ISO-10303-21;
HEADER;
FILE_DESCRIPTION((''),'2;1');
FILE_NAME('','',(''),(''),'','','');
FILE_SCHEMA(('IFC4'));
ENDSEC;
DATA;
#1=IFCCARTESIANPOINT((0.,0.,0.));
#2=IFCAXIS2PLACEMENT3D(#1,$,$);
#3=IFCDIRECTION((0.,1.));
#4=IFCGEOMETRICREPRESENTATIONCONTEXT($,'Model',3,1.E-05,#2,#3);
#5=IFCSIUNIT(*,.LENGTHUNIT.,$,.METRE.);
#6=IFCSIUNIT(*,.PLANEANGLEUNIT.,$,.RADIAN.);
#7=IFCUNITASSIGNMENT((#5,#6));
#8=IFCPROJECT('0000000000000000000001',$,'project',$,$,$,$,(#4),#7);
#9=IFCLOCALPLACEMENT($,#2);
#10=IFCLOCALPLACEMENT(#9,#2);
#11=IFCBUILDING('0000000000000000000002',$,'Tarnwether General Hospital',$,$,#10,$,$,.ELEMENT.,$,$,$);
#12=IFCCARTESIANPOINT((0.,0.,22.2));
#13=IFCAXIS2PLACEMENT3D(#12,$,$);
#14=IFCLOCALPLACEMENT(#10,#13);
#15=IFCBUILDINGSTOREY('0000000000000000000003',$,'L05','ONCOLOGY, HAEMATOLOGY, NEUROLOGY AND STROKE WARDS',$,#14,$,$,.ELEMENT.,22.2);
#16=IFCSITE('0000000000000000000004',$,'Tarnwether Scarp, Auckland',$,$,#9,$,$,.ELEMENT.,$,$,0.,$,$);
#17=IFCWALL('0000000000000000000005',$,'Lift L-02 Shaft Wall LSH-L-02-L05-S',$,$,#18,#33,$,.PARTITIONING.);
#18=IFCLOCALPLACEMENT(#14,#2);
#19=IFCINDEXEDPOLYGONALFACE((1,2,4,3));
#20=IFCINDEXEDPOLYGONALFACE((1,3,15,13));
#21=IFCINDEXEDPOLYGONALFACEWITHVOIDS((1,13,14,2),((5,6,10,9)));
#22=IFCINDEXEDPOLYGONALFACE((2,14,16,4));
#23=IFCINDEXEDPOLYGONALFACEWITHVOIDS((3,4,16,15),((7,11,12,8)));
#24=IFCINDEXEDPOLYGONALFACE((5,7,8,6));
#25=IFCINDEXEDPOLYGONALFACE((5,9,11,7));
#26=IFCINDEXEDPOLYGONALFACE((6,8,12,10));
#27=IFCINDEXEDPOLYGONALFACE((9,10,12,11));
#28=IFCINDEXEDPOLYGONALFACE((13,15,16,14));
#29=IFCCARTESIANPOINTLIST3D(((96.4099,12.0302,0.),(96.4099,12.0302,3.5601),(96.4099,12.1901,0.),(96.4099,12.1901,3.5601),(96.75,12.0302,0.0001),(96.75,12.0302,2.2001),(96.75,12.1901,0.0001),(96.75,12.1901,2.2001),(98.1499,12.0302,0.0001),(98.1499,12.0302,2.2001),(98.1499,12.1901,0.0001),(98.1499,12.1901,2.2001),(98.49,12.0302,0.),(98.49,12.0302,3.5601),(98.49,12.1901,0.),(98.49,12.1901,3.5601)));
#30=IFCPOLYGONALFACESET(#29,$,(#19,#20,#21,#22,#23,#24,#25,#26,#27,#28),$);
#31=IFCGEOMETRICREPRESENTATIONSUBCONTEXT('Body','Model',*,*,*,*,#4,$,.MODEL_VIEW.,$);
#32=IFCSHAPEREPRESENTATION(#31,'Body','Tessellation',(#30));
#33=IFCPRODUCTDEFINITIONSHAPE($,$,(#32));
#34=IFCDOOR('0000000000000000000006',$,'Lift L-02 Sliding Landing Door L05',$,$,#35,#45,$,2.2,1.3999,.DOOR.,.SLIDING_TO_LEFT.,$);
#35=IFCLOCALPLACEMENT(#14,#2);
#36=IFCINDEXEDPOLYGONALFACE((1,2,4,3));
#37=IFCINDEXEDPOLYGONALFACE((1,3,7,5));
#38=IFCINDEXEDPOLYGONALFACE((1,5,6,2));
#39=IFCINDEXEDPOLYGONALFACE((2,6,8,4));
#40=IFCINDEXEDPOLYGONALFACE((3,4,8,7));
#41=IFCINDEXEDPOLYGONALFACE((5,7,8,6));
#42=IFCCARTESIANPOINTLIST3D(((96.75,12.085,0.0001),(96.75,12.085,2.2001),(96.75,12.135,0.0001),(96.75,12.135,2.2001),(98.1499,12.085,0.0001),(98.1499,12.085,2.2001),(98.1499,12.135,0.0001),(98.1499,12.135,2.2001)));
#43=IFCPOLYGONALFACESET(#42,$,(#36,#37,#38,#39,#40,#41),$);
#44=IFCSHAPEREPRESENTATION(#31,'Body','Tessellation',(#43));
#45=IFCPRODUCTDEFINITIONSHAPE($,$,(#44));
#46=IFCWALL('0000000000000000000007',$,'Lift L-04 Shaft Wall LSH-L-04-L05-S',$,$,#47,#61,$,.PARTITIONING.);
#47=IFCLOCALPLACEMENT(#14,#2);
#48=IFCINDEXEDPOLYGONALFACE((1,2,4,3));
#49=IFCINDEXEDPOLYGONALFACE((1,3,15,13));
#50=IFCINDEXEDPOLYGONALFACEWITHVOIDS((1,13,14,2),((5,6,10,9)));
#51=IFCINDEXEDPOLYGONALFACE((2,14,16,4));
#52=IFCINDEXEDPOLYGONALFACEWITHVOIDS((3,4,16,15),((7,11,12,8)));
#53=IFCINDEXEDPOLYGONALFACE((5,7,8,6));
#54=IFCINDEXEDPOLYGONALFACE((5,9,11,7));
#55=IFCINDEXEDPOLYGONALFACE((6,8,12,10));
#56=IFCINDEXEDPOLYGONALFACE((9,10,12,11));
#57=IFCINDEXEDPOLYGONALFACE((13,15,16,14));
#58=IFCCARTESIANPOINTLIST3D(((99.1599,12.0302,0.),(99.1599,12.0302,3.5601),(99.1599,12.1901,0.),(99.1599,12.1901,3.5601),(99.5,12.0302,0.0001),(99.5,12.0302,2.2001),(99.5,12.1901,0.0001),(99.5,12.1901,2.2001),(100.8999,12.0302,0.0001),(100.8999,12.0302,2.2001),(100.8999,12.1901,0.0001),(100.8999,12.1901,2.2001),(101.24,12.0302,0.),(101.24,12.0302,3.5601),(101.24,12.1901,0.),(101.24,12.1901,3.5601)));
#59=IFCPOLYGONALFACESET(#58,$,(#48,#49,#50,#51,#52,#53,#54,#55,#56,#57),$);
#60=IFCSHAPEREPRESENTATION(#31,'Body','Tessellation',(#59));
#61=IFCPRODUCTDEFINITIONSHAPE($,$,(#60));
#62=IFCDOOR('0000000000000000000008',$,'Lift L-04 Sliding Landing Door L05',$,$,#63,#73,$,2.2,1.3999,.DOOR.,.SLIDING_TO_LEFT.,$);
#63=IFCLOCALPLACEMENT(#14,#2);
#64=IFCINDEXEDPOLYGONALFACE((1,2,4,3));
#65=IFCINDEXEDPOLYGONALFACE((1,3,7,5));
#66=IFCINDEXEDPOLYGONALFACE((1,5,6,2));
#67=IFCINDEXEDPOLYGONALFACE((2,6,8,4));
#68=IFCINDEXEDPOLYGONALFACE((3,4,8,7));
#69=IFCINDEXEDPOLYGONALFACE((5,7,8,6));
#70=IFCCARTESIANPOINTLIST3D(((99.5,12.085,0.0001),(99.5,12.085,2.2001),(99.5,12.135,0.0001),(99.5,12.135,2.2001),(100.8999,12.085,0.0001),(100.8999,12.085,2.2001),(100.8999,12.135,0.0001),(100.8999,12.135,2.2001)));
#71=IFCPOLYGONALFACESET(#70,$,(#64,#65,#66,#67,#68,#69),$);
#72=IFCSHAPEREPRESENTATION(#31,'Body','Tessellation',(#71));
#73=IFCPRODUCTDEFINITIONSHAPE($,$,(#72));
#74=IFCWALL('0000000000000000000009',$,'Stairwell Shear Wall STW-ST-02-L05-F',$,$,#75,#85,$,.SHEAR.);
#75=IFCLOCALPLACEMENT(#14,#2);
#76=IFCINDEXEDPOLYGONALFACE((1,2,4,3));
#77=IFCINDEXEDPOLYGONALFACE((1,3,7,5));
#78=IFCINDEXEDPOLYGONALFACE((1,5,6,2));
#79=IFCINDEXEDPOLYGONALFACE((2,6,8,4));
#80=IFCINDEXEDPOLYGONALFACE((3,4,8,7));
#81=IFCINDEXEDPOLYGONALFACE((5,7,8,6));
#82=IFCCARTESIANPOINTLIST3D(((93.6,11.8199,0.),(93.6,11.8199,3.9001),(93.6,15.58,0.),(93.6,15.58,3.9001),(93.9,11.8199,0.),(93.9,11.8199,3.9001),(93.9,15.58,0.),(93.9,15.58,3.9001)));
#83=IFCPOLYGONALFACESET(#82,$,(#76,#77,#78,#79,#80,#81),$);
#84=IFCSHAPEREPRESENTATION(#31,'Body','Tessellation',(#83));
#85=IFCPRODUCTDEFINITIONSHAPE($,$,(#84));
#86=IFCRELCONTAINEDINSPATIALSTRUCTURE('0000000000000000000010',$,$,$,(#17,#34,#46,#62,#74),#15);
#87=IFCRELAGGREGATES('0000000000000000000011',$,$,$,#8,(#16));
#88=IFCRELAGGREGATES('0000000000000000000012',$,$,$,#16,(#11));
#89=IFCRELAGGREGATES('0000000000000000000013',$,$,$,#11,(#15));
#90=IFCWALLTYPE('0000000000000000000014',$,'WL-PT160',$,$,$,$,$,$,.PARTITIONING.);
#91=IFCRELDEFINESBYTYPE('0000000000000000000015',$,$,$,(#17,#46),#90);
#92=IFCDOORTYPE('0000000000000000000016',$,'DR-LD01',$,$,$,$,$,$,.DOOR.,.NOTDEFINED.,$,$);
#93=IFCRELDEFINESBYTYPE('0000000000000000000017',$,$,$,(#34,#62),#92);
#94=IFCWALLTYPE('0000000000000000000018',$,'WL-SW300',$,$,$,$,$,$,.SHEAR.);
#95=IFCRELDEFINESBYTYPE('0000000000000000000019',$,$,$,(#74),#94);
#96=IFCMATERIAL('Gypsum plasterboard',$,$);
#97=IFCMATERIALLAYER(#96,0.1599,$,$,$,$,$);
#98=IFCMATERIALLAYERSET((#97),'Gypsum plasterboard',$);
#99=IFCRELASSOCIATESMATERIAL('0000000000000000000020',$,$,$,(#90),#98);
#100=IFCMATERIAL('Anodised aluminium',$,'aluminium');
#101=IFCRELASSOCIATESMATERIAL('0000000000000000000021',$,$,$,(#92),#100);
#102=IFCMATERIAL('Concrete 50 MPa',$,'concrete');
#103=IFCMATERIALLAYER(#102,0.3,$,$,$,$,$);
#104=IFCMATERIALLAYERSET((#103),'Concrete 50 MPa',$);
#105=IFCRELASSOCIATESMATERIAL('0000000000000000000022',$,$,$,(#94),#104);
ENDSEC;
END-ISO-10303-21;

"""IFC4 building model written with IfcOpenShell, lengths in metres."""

from ifc_helpers import new_model, si_unit, direction, frame, frame_2d, origin, place, context, subcontext, project, spatial, rectangle, extrude, material, layer, layer_set, type_object, element, fill, save


model = new_model("IFC4")

# Units and contexts
model_context = context("Model", 3, precision=1e-05, world=origin(), true_north=direction((0.0, 1.0)))
body_context = subcontext(model_context, "Body", "Model", "MODEL_VIEW")
ifc_project = project(units=[si_unit("LENGTHUNIT", "METRE"), si_unit("PLANEANGLEUNIT", "RADIAN")], contexts=[model_context])

# Site, building, storey
site_placement = place(None, origin())
site = spatial("IfcSite", under=ifc_project, at=site_placement, Name="Tarnwether Scarp, Auckland", CompositionType="ELEMENT", RefElevation=0.0)
building_placement = place(site_placement, origin())
building = spatial("IfcBuilding", under=site, at=building_placement, Name="Tarnwether General Hospital", CompositionType="ELEMENT")
storey_placement = place(building_placement, frame((0.0, 0.0, 22.2)))
storey = spatial("IfcBuildingStorey", under=building, at=storey_placement, Name="L05", Description="ONCOLOGY, HAEMATOLOGY, NEUROLOGY AND STROKE WARDS", CompositionType="ELEMENT", Elevation=22.2)

# Walls, openings, doors
ifc_material_1 = material(Name="Gypsum plasterboard")
ifc_layer_1 = layer(ifc_material_1, 0.1599)
ifc_layer_set_1 = layer_set([ifc_layer_1], Name="Gypsum plasterboard")
wall_type_1 = type_object("IfcWallType", Name="WL-PT160", PredefinedType="PARTITIONING", material=ifc_layer_set_1)
wall_1_placement = place(storey_placement, frame((96.4099, 12.1101, 0.0), z_axis=(0.0, 0.0, 1.0), x_axis=(1.0, 0.0, 0.0)))
wall_1 = element("IfcWall", 1, at=wall_1_placement, inside=storey, type_object=wall_type_1, Name="Lift L-02 Shaft Wall LSH-L-02-L05-S", PredefinedType="PARTITIONING", context=body_context, shape_type="SweptSolid", body=[
    extrude(rectangle(XDim=2.0801, YDim=0.1599, at=frame_2d((1.04, 0.0))), origin(), (0.0, 0.0, 1.0), 3.5601),
])
opening_1_placement = place(wall_1_placement, frame((0.3401, 0.0, 0.0)))
opening_1 = element("IfcOpeningElement", 2, at=opening_1_placement, cuts=wall_1, PredefinedType="OPENING", context=body_context, shape_type="SweptSolid", body=[
    extrude(rectangle(XDim=1.3999, YDim=2.2, at=frame_2d((0.7, 1.1001))), frame((0.0, 0.0898, 0.0), z_axis=(0.0, -1.0, 0.0), x_axis=(1.0, 0.0, 0.0)), (0.0, 0.0, 1.0), 0.1799),
])
ifc_material_2 = material(Name="Anodised aluminium", Category="aluminium")
door_type_1 = type_object("IfcDoorType", Name="DR-LD01", OperationType="NOTDEFINED", PredefinedType="DOOR", material=ifc_material_2)
door_1_placement = place(opening_1_placement, origin())
door_1 = element("IfcDoor", 3, at=door_1_placement, inside=storey, type_object=door_type_1, Name="Lift L-02 Sliding Landing Door L05", OperationType="SLIDING_TO_LEFT", OverallHeight=2.2, OverallWidth=1.3999, PredefinedType="DOOR", context=body_context, shape_type="SweptSolid", body=[
    extrude(rectangle(XDim=1.3999, YDim=2.2, at=frame_2d((0.7, 1.1001))), frame((0.0, 0.0249, 0.0), z_axis=(0.0, -1.0, 0.0), x_axis=(1.0, 0.0, 0.0)), (0.0, 0.0, 1.0), 0.05),
])
fill(opening_1, door_1)
wall_2_placement = place(storey_placement, frame((99.1599, 12.1101, 0.0), z_axis=(0.0, 0.0, 1.0), x_axis=(1.0, 0.0, 0.0)))
wall_2 = element("IfcWall", 4, at=wall_2_placement, inside=storey, type_object=wall_type_1, Name="Lift L-04 Shaft Wall LSH-L-04-L05-S", PredefinedType="PARTITIONING", context=body_context, shape_type="SweptSolid", body=[
    extrude(rectangle(XDim=2.0801, YDim=0.1599, at=frame_2d((1.04, 0.0))), origin(), (0.0, 0.0, 1.0), 3.5601),
])
opening_2_placement = place(wall_2_placement, frame((0.3401, 0.0, 0.0)))
opening_2 = element("IfcOpeningElement", 5, at=opening_2_placement, cuts=wall_2, PredefinedType="OPENING", context=body_context, shape_type="SweptSolid", body=[
    extrude(rectangle(XDim=1.3999, YDim=2.2, at=frame_2d((0.7, 1.1001))), frame((0.0, 0.0898, 0.0), z_axis=(0.0, -1.0, 0.0), x_axis=(1.0, 0.0, 0.0)), (0.0, 0.0, 1.0), 0.1799),
])
door_2_placement = place(opening_2_placement, origin())
door_2 = element("IfcDoor", 6, at=door_2_placement, inside=storey, type_object=door_type_1, Name="Lift L-04 Sliding Landing Door L05", OperationType="SLIDING_TO_LEFT", OverallHeight=2.2, OverallWidth=1.3999, PredefinedType="DOOR", context=body_context, shape_type="SweptSolid", body=[
    extrude(rectangle(XDim=1.3999, YDim=2.2, at=frame_2d((0.7, 1.1001))), frame((0.0, 0.0249, 0.0), z_axis=(0.0, -1.0, 0.0), x_axis=(1.0, 0.0, 0.0)), (0.0, 0.0, 1.0), 0.05),
])
fill(opening_2, door_2)

# Wall
ifc_material_3 = material(Name="Concrete 50 MPa", Category="concrete")
ifc_layer_2 = layer(ifc_material_3, 0.3)
ifc_layer_set_2 = layer_set([ifc_layer_2], Name="Concrete 50 MPa")
wall_type_2 = type_object("IfcWallType", Name="WL-SW300", PredefinedType="SHEAR", material=ifc_layer_set_2)
wall_3_placement = place(storey_placement, frame((93.75, 11.8201, 0.0), z_axis=(0.0, 0.0, 1.0), x_axis=(0.0, 1.0, 0.0)))
element("IfcWall", 7, at=wall_3_placement, inside=storey, type_object=wall_type_2, Name="Stairwell Shear Wall STW-ST-02-L05-F", PredefinedType="SHEAR", context=body_context, shape_type="SweptSolid", body=[
    extrude(rectangle(XDim=3.76, YDim=0.3, at=frame_2d((1.8799, 0.0))), origin(), (0.0, 0.0, 1.0), 3.9001),
])

save(model, "model.ifc")
